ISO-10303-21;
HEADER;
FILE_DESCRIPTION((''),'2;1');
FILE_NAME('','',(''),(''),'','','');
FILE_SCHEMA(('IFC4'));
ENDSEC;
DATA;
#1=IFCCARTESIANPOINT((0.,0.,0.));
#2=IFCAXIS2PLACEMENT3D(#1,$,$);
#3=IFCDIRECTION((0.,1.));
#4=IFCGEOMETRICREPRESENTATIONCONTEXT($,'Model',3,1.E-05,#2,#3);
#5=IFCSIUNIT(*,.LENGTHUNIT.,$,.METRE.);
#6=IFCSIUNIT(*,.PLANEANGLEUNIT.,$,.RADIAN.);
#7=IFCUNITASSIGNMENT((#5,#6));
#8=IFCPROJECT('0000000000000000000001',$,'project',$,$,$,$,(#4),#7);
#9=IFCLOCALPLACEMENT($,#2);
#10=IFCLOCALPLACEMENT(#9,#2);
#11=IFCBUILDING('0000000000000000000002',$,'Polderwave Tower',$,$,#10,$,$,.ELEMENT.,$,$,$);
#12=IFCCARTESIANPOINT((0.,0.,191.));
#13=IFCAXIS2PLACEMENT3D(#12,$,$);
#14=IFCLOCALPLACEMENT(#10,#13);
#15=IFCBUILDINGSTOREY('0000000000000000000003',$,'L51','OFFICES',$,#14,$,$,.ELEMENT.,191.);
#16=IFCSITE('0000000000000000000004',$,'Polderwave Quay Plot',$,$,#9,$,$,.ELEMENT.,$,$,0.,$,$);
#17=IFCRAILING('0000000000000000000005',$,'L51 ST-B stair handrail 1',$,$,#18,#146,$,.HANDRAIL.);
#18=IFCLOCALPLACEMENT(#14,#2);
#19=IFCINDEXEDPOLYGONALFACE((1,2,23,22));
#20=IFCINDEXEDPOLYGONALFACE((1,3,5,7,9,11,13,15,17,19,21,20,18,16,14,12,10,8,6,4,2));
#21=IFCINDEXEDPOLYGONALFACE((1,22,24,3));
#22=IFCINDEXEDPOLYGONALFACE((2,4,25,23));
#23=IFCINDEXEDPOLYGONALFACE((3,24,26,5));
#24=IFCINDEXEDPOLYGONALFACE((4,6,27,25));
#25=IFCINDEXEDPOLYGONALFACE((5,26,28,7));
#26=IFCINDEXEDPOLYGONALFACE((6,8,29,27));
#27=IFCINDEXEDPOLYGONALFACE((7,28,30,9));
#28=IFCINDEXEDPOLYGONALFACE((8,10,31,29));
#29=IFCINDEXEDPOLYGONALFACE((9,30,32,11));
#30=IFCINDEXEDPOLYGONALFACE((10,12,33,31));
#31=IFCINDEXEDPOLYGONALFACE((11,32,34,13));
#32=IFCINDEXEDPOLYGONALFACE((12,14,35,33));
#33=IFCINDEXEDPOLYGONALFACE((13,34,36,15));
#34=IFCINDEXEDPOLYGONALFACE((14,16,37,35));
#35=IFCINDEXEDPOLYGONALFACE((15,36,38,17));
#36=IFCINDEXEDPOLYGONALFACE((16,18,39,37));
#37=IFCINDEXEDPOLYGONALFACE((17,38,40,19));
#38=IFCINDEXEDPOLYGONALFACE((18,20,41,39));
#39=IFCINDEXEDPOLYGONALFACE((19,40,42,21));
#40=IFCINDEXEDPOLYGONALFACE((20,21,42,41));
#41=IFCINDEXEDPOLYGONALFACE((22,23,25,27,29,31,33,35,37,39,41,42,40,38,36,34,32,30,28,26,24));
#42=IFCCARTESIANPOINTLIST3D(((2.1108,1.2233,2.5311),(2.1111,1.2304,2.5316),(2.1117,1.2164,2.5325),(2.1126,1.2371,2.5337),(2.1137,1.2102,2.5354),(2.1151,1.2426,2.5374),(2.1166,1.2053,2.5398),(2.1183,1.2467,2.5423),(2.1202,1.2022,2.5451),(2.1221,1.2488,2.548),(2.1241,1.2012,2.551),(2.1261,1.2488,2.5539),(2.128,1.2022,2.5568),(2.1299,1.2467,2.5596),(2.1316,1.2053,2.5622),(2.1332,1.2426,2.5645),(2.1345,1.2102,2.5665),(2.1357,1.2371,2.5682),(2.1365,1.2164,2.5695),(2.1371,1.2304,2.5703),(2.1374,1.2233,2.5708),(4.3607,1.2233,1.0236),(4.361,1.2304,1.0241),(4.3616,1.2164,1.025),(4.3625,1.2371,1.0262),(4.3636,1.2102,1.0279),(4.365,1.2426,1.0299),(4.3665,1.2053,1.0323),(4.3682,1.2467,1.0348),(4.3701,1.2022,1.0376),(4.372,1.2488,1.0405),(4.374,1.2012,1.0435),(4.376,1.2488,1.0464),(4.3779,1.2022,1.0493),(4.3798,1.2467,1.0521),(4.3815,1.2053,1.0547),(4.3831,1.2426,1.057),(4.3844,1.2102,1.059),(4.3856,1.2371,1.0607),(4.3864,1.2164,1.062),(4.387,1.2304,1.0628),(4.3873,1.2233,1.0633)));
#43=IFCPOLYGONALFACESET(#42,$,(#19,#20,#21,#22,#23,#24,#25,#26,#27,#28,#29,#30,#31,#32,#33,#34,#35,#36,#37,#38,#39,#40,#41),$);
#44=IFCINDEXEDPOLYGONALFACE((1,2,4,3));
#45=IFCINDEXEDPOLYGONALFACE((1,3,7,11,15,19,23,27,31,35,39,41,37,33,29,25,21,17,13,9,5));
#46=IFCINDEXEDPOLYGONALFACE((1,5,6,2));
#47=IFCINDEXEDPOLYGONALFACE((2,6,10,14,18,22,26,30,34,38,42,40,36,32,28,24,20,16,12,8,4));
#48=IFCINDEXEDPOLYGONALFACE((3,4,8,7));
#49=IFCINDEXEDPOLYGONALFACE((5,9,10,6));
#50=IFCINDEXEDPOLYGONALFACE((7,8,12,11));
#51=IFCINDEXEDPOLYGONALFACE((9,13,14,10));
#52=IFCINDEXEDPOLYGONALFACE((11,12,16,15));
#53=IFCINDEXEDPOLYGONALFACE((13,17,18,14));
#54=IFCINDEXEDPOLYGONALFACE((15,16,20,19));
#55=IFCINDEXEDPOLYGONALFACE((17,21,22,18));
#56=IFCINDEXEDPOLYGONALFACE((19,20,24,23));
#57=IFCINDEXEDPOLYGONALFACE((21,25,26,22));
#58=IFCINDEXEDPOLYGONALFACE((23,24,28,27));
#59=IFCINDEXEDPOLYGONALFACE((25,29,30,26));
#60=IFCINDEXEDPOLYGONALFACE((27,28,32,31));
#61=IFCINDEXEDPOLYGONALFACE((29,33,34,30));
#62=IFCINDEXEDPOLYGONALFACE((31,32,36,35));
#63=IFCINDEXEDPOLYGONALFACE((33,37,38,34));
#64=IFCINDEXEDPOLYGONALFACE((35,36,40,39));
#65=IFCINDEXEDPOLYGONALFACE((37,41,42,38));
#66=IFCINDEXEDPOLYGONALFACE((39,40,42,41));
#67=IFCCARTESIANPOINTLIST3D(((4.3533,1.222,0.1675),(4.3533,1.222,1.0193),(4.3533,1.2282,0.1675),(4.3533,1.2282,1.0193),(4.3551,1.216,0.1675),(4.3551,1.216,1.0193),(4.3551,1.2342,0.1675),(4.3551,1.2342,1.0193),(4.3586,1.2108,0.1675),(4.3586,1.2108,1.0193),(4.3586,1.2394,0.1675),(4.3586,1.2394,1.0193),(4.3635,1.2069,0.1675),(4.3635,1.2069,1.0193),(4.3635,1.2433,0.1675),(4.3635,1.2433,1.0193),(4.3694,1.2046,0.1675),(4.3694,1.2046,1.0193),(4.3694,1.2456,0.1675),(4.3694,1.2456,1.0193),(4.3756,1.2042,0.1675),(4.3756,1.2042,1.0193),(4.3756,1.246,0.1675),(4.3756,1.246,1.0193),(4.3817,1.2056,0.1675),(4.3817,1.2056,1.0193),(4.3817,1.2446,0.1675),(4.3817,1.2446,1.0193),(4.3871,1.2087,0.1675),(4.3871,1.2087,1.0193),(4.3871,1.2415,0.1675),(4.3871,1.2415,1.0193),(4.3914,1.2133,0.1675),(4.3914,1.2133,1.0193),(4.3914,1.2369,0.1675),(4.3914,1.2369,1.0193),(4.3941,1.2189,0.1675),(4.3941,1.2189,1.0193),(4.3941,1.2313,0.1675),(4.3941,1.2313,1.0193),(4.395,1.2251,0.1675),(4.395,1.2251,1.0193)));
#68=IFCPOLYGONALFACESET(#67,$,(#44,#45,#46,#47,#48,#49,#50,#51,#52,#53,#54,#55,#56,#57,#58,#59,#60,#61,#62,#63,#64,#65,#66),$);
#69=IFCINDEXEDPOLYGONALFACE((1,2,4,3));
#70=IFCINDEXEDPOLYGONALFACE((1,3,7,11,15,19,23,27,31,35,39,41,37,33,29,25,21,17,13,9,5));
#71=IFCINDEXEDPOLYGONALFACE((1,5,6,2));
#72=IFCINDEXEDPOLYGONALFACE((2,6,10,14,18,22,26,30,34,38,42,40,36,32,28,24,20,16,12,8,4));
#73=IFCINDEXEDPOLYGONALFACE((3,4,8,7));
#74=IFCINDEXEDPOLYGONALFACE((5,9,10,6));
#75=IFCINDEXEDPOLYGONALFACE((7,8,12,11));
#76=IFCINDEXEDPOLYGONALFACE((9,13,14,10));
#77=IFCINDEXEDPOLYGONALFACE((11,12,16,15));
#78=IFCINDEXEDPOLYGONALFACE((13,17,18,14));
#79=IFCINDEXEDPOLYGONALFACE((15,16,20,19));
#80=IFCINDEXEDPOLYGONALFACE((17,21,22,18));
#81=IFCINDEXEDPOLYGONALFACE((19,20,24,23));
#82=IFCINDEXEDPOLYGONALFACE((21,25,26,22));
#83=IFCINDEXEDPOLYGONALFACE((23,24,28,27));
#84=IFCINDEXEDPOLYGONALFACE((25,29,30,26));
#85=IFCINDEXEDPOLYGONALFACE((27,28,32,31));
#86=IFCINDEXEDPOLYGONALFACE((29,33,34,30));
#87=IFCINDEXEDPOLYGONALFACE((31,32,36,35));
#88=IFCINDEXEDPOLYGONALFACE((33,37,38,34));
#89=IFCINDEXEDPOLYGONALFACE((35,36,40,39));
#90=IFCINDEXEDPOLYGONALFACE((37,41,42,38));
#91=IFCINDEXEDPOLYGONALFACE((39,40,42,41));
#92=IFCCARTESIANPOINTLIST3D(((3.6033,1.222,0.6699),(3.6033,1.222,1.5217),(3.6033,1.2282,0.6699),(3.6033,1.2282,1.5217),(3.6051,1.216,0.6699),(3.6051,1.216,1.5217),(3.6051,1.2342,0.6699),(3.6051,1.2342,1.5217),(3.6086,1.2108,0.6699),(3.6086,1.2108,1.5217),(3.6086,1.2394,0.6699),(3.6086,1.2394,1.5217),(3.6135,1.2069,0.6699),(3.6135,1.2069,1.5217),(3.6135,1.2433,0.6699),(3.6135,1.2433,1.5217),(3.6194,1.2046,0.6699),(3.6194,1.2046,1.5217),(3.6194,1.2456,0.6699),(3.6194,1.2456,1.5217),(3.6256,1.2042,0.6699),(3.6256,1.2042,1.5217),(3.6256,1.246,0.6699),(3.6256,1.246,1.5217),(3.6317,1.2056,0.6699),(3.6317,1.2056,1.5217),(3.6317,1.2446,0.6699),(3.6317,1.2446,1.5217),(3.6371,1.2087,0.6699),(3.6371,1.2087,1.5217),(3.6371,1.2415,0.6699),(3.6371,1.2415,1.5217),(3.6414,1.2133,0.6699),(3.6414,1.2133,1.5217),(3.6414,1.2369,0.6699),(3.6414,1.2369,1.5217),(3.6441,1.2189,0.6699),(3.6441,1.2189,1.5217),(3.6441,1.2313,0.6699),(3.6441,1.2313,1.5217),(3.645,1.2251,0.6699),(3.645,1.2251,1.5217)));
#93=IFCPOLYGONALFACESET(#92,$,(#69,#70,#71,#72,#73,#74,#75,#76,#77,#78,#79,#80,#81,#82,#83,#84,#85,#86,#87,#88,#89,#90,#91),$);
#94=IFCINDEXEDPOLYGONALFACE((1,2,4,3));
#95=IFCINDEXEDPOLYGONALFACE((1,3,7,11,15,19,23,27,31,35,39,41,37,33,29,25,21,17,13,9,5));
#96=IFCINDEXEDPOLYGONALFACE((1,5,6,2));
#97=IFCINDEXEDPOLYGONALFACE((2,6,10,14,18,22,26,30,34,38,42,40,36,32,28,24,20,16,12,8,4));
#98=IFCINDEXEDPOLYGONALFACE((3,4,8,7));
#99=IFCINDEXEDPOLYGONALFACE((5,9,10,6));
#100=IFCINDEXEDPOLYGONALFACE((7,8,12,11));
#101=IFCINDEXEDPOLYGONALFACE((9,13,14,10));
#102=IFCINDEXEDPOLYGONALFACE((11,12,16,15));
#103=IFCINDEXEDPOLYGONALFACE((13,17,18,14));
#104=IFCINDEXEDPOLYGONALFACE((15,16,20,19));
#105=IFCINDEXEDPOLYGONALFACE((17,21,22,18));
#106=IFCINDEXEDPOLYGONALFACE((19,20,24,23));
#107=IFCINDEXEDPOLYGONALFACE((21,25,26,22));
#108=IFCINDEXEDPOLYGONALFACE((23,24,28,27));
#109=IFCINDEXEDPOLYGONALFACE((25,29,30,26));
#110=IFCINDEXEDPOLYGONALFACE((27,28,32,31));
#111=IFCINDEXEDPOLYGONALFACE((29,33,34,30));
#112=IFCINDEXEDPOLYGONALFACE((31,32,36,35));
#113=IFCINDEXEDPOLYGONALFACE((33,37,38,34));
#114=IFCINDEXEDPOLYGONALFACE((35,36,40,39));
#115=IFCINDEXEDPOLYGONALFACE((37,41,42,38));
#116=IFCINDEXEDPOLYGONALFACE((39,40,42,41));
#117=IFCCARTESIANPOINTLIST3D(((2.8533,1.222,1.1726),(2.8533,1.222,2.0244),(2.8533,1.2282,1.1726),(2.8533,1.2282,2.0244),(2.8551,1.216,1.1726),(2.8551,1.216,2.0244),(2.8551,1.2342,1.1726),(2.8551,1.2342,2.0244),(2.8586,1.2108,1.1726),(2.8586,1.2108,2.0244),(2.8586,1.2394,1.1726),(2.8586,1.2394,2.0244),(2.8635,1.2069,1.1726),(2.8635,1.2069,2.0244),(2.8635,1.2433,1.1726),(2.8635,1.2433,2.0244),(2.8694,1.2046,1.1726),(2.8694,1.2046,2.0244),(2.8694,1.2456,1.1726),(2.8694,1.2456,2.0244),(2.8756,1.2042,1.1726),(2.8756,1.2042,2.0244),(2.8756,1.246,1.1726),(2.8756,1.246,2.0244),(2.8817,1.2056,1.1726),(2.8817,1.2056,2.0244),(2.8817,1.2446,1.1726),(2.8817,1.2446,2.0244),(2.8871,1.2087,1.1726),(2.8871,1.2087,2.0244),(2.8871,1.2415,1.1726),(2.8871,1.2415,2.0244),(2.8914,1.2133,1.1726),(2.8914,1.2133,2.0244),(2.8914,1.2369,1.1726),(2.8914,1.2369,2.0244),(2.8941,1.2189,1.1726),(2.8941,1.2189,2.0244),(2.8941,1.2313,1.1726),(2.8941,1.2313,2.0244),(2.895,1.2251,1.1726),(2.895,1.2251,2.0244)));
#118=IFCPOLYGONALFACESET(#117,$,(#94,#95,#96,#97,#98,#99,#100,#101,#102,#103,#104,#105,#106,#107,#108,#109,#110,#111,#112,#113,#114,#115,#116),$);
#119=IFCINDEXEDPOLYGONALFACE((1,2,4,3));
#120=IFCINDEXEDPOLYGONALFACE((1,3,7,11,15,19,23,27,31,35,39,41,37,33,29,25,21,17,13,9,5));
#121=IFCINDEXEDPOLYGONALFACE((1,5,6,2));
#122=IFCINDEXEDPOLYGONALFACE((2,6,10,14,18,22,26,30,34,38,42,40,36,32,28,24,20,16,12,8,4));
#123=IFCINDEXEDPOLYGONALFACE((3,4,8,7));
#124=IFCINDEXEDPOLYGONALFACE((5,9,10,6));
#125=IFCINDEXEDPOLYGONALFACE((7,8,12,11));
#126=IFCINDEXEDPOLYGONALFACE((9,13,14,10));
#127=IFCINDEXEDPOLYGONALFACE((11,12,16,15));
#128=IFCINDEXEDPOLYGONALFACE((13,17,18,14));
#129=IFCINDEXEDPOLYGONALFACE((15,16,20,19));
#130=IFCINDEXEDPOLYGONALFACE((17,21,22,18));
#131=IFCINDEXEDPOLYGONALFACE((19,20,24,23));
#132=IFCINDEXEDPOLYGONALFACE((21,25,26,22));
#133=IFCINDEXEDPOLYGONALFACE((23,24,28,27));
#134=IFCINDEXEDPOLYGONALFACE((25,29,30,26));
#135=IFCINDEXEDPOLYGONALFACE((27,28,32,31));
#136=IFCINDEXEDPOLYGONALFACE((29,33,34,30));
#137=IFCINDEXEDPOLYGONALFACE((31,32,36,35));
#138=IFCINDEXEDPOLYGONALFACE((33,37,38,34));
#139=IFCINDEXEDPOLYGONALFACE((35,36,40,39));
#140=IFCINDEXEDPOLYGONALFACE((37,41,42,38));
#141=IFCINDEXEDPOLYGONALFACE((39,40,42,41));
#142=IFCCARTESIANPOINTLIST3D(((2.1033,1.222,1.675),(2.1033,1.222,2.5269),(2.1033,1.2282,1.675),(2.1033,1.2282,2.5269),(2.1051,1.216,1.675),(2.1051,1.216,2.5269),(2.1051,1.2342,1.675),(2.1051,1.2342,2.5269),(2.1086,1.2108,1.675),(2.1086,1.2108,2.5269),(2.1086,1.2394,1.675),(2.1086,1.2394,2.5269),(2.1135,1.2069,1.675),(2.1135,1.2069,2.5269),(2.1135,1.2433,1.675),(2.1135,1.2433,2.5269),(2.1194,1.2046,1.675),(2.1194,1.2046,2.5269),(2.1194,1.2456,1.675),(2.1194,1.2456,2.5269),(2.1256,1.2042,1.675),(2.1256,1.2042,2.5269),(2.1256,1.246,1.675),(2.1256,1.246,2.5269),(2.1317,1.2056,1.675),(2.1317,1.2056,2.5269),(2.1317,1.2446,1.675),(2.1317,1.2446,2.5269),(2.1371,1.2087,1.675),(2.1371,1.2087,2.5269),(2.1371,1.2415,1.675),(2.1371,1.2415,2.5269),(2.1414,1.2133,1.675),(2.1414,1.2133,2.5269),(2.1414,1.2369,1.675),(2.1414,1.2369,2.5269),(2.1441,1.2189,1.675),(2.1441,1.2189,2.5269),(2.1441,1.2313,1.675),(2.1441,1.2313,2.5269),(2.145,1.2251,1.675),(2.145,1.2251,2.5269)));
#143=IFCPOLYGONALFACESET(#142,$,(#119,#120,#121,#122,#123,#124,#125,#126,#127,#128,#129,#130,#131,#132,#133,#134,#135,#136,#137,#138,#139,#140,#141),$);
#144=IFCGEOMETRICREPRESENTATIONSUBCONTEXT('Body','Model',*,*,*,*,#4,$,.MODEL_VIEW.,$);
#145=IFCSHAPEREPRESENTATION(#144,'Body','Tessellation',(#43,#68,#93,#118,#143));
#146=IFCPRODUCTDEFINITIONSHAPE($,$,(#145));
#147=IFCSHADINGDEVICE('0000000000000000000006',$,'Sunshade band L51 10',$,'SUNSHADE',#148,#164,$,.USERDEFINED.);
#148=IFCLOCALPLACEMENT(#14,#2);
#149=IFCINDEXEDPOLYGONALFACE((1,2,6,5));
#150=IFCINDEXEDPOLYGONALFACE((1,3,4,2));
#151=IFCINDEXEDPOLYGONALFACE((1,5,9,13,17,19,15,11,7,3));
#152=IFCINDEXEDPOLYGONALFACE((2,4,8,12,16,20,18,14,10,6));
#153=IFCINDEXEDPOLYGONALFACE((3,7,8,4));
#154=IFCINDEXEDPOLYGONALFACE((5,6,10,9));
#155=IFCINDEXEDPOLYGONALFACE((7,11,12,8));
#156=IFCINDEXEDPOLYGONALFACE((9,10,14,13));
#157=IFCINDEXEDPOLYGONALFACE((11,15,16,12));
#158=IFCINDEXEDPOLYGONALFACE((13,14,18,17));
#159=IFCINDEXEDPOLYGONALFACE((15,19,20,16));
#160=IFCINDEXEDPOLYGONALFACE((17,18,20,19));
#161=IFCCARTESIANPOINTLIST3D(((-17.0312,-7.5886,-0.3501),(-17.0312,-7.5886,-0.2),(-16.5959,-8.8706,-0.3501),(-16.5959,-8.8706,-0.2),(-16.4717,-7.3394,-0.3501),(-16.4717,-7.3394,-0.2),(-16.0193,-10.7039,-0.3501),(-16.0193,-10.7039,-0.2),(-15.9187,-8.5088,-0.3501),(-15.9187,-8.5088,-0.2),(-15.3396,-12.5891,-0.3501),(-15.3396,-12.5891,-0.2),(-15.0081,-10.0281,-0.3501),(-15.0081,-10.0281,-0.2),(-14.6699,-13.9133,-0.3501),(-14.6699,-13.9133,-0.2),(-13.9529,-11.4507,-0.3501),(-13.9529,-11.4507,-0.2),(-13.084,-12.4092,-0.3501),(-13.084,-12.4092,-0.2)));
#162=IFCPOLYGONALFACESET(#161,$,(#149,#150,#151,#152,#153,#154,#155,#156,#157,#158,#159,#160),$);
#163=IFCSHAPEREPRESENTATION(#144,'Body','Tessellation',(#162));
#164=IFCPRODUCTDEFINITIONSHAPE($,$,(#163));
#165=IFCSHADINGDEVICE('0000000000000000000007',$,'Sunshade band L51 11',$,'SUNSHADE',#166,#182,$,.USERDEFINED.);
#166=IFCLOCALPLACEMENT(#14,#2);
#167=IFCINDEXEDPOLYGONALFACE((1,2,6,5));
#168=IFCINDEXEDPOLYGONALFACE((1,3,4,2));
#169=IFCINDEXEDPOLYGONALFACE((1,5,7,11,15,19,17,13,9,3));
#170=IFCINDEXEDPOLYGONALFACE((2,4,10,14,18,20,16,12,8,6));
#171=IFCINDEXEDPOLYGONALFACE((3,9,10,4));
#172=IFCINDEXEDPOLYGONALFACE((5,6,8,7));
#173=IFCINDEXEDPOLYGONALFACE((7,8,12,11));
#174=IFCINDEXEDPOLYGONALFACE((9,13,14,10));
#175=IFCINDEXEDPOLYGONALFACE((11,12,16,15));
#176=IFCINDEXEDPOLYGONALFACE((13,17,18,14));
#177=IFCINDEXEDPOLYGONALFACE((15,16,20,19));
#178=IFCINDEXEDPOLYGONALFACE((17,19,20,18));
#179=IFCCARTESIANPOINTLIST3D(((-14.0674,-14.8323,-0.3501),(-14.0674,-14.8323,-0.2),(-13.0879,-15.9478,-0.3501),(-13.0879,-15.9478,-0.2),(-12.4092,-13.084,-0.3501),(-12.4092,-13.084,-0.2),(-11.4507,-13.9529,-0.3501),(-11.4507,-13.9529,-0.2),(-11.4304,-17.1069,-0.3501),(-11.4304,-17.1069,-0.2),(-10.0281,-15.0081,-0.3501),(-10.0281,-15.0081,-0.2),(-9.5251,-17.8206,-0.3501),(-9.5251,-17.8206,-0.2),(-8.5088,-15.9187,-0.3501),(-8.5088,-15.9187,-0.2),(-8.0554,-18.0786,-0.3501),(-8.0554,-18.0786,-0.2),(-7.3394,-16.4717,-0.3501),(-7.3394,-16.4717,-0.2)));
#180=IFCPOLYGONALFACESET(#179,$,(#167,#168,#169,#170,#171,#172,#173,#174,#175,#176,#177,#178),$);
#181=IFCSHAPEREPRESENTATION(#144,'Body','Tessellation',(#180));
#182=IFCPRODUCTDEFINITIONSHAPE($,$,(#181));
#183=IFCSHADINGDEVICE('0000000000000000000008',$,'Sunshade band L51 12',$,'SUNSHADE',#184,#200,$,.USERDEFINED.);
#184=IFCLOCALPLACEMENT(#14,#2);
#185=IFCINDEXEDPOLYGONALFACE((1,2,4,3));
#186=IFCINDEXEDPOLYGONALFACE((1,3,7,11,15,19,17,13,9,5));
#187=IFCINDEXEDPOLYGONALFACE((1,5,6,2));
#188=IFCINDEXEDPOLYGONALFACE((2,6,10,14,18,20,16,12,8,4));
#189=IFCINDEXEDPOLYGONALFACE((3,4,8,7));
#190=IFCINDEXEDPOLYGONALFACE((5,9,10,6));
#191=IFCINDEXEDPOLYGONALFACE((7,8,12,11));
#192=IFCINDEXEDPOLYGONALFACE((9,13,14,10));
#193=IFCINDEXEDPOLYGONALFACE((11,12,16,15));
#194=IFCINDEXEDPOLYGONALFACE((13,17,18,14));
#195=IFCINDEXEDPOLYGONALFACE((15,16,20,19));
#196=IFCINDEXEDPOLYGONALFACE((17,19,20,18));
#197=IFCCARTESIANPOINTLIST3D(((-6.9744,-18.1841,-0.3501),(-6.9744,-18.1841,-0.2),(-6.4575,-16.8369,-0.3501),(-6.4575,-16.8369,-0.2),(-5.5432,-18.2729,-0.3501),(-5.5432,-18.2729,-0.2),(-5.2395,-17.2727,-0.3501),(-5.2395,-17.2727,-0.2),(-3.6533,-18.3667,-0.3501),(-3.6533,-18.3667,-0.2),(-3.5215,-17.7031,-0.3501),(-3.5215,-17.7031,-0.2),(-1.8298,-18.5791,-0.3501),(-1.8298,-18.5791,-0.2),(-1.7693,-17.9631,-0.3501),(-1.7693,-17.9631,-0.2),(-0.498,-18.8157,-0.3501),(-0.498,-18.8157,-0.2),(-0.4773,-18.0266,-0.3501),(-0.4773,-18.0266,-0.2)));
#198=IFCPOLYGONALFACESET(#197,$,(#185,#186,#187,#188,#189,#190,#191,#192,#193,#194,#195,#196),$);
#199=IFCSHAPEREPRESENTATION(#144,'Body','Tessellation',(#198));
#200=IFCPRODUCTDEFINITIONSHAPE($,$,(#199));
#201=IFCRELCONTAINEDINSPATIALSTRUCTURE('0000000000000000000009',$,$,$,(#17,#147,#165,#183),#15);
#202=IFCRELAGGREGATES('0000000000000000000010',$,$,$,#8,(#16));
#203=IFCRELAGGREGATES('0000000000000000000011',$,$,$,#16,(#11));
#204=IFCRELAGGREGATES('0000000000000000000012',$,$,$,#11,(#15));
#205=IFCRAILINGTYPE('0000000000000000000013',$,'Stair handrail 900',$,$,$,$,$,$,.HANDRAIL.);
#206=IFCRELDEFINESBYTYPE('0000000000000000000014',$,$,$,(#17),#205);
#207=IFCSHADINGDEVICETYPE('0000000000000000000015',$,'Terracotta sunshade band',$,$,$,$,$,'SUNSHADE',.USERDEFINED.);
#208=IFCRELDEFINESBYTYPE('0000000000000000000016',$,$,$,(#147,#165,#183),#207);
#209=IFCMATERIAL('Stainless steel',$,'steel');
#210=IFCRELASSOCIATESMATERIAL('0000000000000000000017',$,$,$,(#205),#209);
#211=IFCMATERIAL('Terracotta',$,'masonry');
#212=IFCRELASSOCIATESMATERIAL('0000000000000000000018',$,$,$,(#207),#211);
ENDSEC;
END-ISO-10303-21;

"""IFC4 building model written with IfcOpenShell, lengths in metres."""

from ifc_helpers import new_model, si_unit, direction, frame, origin, origin_2d, place, context, subcontext, project, spatial, polyline, circle, outline, extrude, material, type_object, element, save


model = new_model("IFC4")

# Units and contexts
model_context = context("Model", 3, precision=1e-05, world=origin(), true_north=direction((0.0, 1.0)))
body_context = subcontext(model_context, "Body", "Model", "MODEL_VIEW")
ifc_project = project(units=[si_unit("LENGTHUNIT", "METRE"), si_unit("PLANEANGLEUNIT", "RADIAN")], contexts=[model_context])

# Site, building, storey
site_placement = place(None, origin())
site = spatial("IfcSite", under=ifc_project, at=site_placement, Name="Polderwave Quay Plot", CompositionType="ELEMENT", RefElevation=0.0)
building_placement = place(site_placement, origin())
building = spatial("IfcBuilding", under=site, at=building_placement, Name="Polderwave Tower", CompositionType="ELEMENT")
storey_placement = place(building_placement, frame((0.0, 0.0, 191.0)))
storey = spatial("IfcBuildingStorey", under=building, at=storey_placement, Name="L51", Description="OFFICES", CompositionType="ELEMENT", Elevation=191.0)

# Railing
ifc_material_1 = material(Name="Stainless steel", Category="steel")
railing_type_1 = type_object("IfcRailingType", Name="Stair handrail 900", PredefinedType="HANDRAIL", material=ifc_material_1)
railing_1_placement = place(storey_placement, frame((4.374, 1.2251, 0.1675)))
element("IfcRailing", 1, at=railing_1_placement, inside=storey, type_object=railing_type_1, Name="L51 ST-B stair handrail 1", PredefinedType="HANDRAIL", context=body_context, shape_type="SweptSolid", body=[
    extrude(circle(Radius=0.0239, at=origin_2d()), frame((0.0, 0.0, 0.876), z_axis=(-0.830758, 0.0, 0.556633), x_axis=(0.0, -1.0, 0.0)), (0.0, 0.0, 1.0), 2.7083),
    extrude(circle(Radius=0.021, at=origin_2d()), origin(), (0.0, 0.0, 1.0), 0.8518),
    extrude(circle(Radius=0.021, at=origin_2d()), frame((-0.75, 0.0, 0.5024)), (0.0, 0.0, 1.0), 0.8518),
    extrude(circle(Radius=0.021, at=origin_2d()), frame((-1.5, 0.0, 1.0051)), (0.0, 0.0, 1.0), 0.8518),
    extrude(circle(Radius=0.021, at=origin_2d()), frame((-2.25, 0.0, 1.5076)), (0.0, 0.0, 1.0), 0.8518),
])

# Shading devices
ifc_material_2 = material(Name="Terracotta", Category="masonry")
shading_device_type = type_object("IfcShadingDeviceType", Name="Terracotta sunshade band", ElementType="SUNSHADE", PredefinedType="USERDEFINED", material=ifc_material_2)
shading_device_1_placement = place(storey_placement, frame((0.0, 0.0, -0.3501)))
element("IfcShadingDevice", 2, at=shading_device_1_placement, inside=storey, type_object=shading_device_type, Name="Sunshade band L51 10", ObjectType="SUNSHADE", PredefinedType="USERDEFINED", context=body_context, shape_type="SweptSolid", body=[
    extrude(outline(polyline([(-16.4717, -7.3394), (-15.9187, -8.5088), (-15.0081, -10.0281), (-13.9529, -11.4507), (-13.084, -12.4092), (-14.6699, -13.9133), (-15.3396, -12.5891), (-16.0193, -10.7039), (-16.5959, -8.8706), (-17.0312, -7.5886), (-16.4717, -7.3394)])), origin(), (0.0, 0.0, 1.0), 0.1501),
])
shading_device_2_placement = place(storey_placement, frame((0.0, 0.0, -0.3501)))
element("IfcShadingDevice", 3, at=shading_device_2_placement, inside=storey, type_object=shading_device_type, Name="Sunshade band L51 11", ObjectType="SUNSHADE", PredefinedType="USERDEFINED", context=body_context, shape_type="SweptSolid", body=[
    extrude(outline(polyline([(-12.4092, -13.084), (-11.4507, -13.9529), (-10.0281, -15.0081), (-8.5088, -15.9187), (-7.3394, -16.4717), (-8.0554, -18.0786), (-9.5251, -17.8206), (-11.4304, -17.1069), (-13.0879, -15.9478), (-14.0674, -14.8323), (-12.4092, -13.084)])), origin(), (0.0, 0.0, 1.0), 0.1501),
])
shading_device_3_placement = place(storey_placement, frame((0.0, 0.0, -0.3501)))
element("IfcShadingDevice", 4, at=shading_device_3_placement, inside=storey, type_object=shading_device_type, Name="Sunshade band L51 12", ObjectType="SUNSHADE", PredefinedType="USERDEFINED", context=body_context, shape_type="SweptSolid", body=[
    extrude(outline(polyline([(-6.4575, -16.8369), (-5.2395, -17.2727), (-3.5215, -17.7031), (-1.7693, -17.9631), (-0.4773, -18.0266), (-0.498, -18.8157), (-1.8298, -18.5791), (-3.6533, -18.3667), (-5.5432, -18.2729), (-6.9744, -18.1841), (-6.4575, -16.8369)])), origin(), (0.0, 0.0, 1.0), 0.1501),
])

save(model, "model.ifc")
